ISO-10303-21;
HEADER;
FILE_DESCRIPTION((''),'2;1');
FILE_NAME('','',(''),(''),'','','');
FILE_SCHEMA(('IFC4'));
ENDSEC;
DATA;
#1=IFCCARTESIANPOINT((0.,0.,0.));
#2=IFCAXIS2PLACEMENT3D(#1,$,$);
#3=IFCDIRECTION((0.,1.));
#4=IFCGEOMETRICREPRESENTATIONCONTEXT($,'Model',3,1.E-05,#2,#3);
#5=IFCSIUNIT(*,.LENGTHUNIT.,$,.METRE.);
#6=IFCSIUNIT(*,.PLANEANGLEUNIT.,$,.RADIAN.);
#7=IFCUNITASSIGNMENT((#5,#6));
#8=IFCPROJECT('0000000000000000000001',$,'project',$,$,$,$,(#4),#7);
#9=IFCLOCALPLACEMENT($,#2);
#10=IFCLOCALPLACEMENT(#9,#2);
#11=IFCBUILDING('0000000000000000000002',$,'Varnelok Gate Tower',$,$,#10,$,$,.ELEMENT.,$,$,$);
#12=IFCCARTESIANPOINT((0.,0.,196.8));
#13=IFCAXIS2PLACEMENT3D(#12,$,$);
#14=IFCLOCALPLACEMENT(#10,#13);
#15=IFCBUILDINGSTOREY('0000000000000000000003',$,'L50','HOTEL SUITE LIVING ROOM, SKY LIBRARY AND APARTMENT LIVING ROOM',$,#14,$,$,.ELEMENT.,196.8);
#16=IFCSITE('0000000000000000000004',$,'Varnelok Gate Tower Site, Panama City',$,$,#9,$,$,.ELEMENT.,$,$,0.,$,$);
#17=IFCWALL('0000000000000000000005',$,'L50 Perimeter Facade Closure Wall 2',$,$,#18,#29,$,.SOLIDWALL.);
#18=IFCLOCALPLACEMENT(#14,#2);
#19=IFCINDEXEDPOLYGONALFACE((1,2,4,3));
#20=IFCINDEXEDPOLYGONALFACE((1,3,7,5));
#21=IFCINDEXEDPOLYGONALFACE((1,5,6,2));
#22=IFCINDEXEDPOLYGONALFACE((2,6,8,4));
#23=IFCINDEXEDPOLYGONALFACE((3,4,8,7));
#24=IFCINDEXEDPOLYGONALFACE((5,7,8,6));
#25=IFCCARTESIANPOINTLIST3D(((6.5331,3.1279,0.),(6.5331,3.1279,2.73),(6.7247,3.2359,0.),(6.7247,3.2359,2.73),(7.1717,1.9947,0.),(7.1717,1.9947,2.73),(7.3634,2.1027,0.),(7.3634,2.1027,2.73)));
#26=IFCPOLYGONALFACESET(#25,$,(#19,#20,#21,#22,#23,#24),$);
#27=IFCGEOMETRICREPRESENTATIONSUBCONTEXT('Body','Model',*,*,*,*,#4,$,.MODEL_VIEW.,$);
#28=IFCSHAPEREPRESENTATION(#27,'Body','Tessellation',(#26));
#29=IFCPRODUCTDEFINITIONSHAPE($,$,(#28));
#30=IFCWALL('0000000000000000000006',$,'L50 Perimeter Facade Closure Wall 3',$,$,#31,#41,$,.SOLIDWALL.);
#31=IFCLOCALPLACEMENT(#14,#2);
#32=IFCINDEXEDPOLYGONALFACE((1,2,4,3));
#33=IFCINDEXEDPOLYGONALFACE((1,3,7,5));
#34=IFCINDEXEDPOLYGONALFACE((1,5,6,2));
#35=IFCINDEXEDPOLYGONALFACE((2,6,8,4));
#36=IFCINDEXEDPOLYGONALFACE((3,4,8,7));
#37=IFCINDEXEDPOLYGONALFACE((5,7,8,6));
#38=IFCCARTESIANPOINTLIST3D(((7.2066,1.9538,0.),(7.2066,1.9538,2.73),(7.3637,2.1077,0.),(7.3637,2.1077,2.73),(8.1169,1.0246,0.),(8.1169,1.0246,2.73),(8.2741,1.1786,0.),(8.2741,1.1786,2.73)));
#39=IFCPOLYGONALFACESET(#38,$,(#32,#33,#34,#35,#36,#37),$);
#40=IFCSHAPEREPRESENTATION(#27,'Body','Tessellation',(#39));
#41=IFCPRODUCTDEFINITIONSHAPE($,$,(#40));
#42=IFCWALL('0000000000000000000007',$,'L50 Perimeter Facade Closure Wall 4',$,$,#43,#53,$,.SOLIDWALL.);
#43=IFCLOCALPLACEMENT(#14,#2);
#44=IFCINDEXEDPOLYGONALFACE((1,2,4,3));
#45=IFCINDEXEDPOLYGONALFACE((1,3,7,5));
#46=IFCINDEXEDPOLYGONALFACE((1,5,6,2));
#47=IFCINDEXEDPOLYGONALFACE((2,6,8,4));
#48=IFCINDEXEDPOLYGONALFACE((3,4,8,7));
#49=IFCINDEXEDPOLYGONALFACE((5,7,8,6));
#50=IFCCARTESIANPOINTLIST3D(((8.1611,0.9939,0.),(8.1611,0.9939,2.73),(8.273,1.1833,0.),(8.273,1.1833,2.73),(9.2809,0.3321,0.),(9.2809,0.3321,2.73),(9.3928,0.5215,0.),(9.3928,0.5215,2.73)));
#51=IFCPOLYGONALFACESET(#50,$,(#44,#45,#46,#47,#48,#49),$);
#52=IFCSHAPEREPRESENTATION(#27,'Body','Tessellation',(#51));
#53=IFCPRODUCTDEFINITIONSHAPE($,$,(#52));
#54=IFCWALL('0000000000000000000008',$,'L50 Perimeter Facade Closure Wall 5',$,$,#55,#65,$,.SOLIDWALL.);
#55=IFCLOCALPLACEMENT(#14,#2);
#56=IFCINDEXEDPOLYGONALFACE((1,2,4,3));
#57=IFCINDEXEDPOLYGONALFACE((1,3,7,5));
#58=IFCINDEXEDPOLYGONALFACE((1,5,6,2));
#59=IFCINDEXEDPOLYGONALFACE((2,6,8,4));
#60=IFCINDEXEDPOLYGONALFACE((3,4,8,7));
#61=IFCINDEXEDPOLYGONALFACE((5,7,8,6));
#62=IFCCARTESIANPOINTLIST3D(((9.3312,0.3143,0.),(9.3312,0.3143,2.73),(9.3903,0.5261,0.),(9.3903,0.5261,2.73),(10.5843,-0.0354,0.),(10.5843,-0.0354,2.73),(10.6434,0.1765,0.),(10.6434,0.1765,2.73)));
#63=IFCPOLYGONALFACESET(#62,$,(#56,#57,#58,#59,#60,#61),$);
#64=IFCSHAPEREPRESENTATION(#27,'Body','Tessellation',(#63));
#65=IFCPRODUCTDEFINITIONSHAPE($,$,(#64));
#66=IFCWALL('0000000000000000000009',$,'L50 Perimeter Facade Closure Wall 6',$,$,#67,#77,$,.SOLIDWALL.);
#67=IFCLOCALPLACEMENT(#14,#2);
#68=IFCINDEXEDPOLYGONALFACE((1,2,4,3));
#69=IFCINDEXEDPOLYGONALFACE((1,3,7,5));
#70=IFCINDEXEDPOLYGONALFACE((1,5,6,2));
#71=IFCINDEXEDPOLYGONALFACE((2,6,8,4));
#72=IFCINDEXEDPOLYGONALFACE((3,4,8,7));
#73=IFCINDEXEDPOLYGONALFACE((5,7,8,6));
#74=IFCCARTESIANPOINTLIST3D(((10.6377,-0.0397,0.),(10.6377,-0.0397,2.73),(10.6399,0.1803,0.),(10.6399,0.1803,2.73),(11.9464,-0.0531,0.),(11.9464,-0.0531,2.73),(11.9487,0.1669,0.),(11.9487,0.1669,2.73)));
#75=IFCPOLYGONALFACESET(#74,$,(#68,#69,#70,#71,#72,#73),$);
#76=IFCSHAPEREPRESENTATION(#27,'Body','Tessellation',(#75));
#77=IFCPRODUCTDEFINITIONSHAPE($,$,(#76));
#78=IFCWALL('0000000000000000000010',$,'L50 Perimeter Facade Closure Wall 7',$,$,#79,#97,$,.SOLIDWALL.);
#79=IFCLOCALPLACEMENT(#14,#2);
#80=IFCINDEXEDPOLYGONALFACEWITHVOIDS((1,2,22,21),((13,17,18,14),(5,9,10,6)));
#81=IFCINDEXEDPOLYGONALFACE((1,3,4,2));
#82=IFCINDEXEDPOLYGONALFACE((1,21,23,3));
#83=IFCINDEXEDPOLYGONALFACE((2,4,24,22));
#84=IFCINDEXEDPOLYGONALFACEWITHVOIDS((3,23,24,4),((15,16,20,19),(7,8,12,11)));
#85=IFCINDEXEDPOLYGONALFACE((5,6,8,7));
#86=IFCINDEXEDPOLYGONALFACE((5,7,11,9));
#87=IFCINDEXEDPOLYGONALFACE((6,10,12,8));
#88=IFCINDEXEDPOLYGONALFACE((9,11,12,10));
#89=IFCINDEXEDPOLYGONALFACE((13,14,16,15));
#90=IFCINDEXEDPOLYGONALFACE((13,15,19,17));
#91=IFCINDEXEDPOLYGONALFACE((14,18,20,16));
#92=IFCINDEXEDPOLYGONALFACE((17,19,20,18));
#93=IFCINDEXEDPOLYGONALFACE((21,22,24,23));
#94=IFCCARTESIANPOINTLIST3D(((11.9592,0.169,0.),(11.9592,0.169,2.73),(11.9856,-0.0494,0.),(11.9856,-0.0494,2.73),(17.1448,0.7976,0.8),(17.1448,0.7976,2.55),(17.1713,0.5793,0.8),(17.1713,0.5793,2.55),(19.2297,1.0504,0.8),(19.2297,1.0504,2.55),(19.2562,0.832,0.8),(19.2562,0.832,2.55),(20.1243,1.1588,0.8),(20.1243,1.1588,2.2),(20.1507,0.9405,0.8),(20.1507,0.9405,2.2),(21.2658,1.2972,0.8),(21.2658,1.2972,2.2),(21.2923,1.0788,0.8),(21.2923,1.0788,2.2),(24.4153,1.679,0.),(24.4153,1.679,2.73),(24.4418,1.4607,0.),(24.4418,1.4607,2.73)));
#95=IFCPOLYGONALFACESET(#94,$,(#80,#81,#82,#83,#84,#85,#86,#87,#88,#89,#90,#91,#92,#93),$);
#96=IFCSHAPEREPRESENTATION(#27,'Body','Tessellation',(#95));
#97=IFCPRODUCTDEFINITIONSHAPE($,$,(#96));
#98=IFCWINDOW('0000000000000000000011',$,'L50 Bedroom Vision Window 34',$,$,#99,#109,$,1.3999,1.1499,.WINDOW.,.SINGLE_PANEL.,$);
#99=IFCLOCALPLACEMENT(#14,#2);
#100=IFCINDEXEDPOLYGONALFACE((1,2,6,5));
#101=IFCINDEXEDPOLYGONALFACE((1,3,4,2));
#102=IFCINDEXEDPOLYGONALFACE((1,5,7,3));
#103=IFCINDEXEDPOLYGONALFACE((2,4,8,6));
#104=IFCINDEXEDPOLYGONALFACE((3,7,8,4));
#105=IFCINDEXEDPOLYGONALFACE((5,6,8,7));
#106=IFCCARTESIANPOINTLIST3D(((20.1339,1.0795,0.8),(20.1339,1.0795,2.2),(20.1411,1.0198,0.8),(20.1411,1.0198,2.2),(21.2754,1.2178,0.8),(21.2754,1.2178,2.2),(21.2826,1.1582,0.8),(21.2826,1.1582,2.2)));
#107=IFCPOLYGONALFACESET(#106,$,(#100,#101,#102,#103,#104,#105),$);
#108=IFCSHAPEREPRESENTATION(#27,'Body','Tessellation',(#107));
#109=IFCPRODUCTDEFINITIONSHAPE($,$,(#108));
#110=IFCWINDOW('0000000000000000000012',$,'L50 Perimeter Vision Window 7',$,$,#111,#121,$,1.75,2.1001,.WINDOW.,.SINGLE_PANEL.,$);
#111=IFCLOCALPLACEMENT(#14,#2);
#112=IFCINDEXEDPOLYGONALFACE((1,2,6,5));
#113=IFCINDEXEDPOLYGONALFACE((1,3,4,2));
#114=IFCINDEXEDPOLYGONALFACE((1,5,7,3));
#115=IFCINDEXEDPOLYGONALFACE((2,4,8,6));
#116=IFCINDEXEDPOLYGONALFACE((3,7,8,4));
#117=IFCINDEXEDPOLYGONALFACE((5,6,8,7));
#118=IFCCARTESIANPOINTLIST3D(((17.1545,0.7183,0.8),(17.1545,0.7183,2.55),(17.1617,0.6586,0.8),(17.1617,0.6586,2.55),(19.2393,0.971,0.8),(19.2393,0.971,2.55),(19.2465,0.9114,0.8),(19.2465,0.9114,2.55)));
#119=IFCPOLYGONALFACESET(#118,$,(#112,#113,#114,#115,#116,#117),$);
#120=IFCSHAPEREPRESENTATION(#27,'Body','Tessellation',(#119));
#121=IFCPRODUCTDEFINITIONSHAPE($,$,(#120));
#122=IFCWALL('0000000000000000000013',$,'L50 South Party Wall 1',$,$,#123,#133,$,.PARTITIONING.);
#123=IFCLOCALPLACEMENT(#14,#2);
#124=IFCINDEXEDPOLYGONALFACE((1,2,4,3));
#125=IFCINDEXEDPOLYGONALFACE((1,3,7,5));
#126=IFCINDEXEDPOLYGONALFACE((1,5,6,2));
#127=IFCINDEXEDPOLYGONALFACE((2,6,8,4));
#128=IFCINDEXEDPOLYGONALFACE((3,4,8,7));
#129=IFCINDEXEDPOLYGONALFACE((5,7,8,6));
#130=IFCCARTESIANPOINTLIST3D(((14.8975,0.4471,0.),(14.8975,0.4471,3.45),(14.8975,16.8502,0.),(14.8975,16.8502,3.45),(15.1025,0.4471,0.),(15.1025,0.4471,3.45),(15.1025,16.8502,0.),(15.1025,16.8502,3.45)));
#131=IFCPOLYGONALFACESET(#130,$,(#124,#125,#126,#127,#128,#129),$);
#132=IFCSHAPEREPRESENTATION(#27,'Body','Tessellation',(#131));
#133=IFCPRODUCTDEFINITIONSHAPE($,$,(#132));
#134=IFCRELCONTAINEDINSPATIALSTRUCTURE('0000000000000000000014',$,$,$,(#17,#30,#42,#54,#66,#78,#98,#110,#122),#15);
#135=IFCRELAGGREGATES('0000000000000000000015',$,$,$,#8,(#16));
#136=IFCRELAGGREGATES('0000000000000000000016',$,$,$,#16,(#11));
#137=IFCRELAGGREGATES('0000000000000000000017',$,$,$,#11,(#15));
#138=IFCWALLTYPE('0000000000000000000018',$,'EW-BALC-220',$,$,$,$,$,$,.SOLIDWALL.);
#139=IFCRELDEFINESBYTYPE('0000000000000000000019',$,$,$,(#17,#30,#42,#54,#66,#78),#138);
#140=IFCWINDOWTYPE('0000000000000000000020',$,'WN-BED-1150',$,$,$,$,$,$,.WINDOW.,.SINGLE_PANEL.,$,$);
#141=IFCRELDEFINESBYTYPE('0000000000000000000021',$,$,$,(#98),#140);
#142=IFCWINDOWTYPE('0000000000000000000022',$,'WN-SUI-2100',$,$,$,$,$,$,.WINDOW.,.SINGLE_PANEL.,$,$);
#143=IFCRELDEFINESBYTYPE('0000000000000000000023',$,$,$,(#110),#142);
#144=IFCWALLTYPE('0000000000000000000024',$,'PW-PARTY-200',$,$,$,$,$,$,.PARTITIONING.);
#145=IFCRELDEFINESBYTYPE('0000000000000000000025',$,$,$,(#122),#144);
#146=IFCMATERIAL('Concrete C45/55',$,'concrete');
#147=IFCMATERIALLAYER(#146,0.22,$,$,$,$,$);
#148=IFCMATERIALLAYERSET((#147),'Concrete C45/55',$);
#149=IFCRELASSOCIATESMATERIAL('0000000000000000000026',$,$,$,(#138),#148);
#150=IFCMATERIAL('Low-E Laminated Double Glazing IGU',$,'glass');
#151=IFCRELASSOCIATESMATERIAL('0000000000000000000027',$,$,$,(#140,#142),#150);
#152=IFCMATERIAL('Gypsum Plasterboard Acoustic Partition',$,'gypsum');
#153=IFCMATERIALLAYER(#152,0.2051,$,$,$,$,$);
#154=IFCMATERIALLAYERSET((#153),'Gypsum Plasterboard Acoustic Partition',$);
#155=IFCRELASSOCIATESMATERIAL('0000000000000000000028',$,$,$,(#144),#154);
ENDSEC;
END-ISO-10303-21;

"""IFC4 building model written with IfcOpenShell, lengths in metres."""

from ifc_helpers import new_model, si_unit, direction, frame, frame_2d, origin, place, context, subcontext, project, spatial, rectangle, extrude, material, layer, layer_set, type_object, element, fill, save


model = new_model("IFC4")

# Units and contexts
model_context = context("Model", 3, precision=1e-05, world=origin(), true_north=direction((0.0, 1.0)))
body_context = subcontext(model_context, "Body", "Model", "MODEL_VIEW")
ifc_project = project(units=[si_unit("LENGTHUNIT", "METRE"), si_unit("PLANEANGLEUNIT", "RADIAN")], contexts=[model_context])

# Site, building, storey
site_placement = place(None, origin())
site = spatial("IfcSite", under=ifc_project, at=site_placement, Name="Varnelok Gate Tower Site, Panama City", CompositionType="ELEMENT", RefElevation=0.0)
building_placement = place(site_placement, origin())
building = spatial("IfcBuilding", under=site, at=building_placement, Name="Varnelok Gate Tower", CompositionType="ELEMENT")
storey_placement = place(building_placement, frame((0.0, 0.0, 196.8)))
storey = spatial("IfcBuildingStorey", under=building, at=storey_placement, Name="L50", Description="HOTEL SUITE LIVING ROOM, SKY LIBRARY AND APARTMENT LIVING ROOM", CompositionType="ELEMENT", Elevation=196.8)

# Shared definitions
ifc_material_1 = material(Name="Concrete C45/55", Category="concrete")

# Shared definitions
ifc_material_2 = material(Name="Low-E Laminated Double Glazing IGU", Category="glass")

# Walls
ifc_layer_1 = layer(ifc_material_1, 0.22)
ifc_layer_set_1 = layer_set([ifc_layer_1], Name="Concrete C45/55")
wall_type_1 = type_object("IfcWallType", Name="EW-BALC-220", PredefinedType="SOLIDWALL", material=ifc_layer_set_1)
for number, where, z_axis, x_axis, name in (
    (1, (6.6289, 3.1819, 0.0), (0.0, 0.0, 1.0), (0.490956, -0.871184, 0.0), "L50 Perimeter Facade Closure Wall 2"),
    (2, (7.2852, 2.0308, 0.0), (0.0, 0.0, 1.0), (0.699844, -0.714295, 0.0), "L50 Perimeter Facade Closure Wall 3"),
    (3, (8.217, 1.0886, 0.0), (0.0, 0.0, 1.0), (0.860885, -0.508799, 0.0), "L50 Perimeter Facade Closure Wall 4"),
):
    element("IfcWall", number, at=place(storey_placement, frame(where, z_axis=z_axis, x_axis=x_axis)), inside=storey, type_object=wall_type_1, Name=name, PredefinedType="SOLIDWALL", context=body_context, shape_type="SweptSolid", body=[
        extrude(rectangle(XDim=1.3008, YDim=0.22, at=frame_2d((0.6504, 0.0))), origin(), (0.0, 0.0, 1.0), 2.73),
    ])
wall_1_placement = place(storey_placement, frame((9.3608, 0.4202, 0.0), z_axis=(0.0, 0.0, 1.0), x_axis=(0.963219, -0.268718, 0.0)))
element("IfcWall", 4, at=wall_1_placement, inside=storey, type_object=wall_type_1, Name="L50 Perimeter Facade Closure Wall 5", PredefinedType="SOLIDWALL", context=body_context, shape_type="SweptSolid", body=[
    extrude(rectangle(XDim=1.301, YDim=0.22, at=frame_2d((0.6504, 0.0))), origin(), (0.0, 0.0, 1.0), 2.73),
])
wall_2_placement = place(storey_placement, frame((10.6389, 0.0703, 0.0), z_axis=(0.0, 0.0, 1.0), x_axis=(0.999947, -0.010259, 0.0)))
element("IfcWall", 5, at=wall_2_placement, inside=storey, type_object=wall_type_1, Name="L50 Perimeter Facade Closure Wall 6", PredefinedType="SOLIDWALL", context=body_context, shape_type="SweptSolid", body=[
    extrude(rectangle(XDim=1.3088, YDim=0.22, at=frame_2d((0.6543, 0.0))), origin(), (0.0, 0.0, 1.0), 2.73),
])

# Wall, openings, windows
wall_3_placement = place(storey_placement, frame((11.9724, 0.0598, 0.0), z_axis=(0.0, 0.0, 1.0), x_axis=(0.992732, 0.120346, 0.0)))
wall_3 = element("IfcWall", 6, at=wall_3_placement, inside=storey, type_object=wall_type_1, Name="L50 Perimeter Facade Closure Wall 7", PredefinedType="SOLIDWALL", context=body_context, shape_type="SweptSolid", body=[
    extrude(rectangle(XDim=12.5474, YDim=0.22, at=frame_2d((6.2737, 0.0))), origin(), (0.0, 0.0, 1.0), 2.73),
])
opening_1_placement = place(wall_3_placement, frame((5.2236, 0.0, 0.8)))
opening_1 = element("IfcOpeningElement", 7, at=opening_1_placement, cuts=wall_3, PredefinedType="OPENING", context=body_context, shape_type="SweptSolid", body=[
    extrude(rectangle(XDim=2.1001, YDim=1.75, at=frame_2d((1.05, 0.875))), frame((0.0, 0.1199, 0.0), z_axis=(0.0, -1.0, 0.0), x_axis=(1.0, 0.0, 0.0)), (0.0, 0.0, 1.0), 0.24),
])
opening_2_placement = place(wall_3_placement, frame((8.2249, 0.0, 0.8)))
opening_2 = element("IfcOpeningElement", 8, at=opening_2_placement, cuts=wall_3, PredefinedType="OPENING", context=body_context, shape_type="SweptSolid", body=[
    extrude(rectangle(XDim=1.1499, YDim=1.3999, at=frame_2d((0.575, 0.7))), frame((0.0, 0.1199, 0.0), z_axis=(0.0, -1.0, 0.0), x_axis=(1.0, 0.0, 0.0)), (0.0, 0.0, 1.0), 0.24),
])
window_type_1 = type_object("IfcWindowType", Name="WN-BED-1150", PartitioningType="SINGLE_PANEL", PredefinedType="WINDOW", material=ifc_material_2)
window_1_placement = place(opening_2_placement, origin())
window_1 = element("IfcWindow", 9, at=window_1_placement, inside=storey, type_object=window_type_1, Name="L50 Bedroom Vision Window 34", OverallHeight=1.3999, OverallWidth=1.1499, PartitioningType="SINGLE_PANEL", PredefinedType="WINDOW", context=body_context, shape_type="SweptSolid", body=[
    extrude(rectangle(XDim=1.1499, YDim=1.3999, at=frame_2d((0.575, 0.7))), frame((0.0, 0.03, 0.0), z_axis=(0.0, -1.0, 0.0), x_axis=(1.0, 0.0, 0.0)), (0.0, 0.0, 1.0), 0.0601),
])
fill(opening_2, window_1)
window_type_2 = type_object("IfcWindowType", Name="WN-SUI-2100", PartitioningType="SINGLE_PANEL", PredefinedType="WINDOW", material=ifc_material_2)
window_2_placement = place(opening_1_placement, origin())
window_2 = element("IfcWindow", 10, at=window_2_placement, inside=storey, type_object=window_type_2, Name="L50 Perimeter Vision Window 7", OverallHeight=1.75, OverallWidth=2.1001, PartitioningType="SINGLE_PANEL", PredefinedType="WINDOW", context=body_context, shape_type="SweptSolid", body=[
    extrude(rectangle(XDim=2.1001, YDim=1.75, at=frame_2d((1.05, 0.875))), frame((0.0, 0.03, 0.0), z_axis=(0.0, -1.0, 0.0), x_axis=(1.0, 0.0, 0.0)), (0.0, 0.0, 1.0), 0.0601),
])
fill(opening_1, window_2)

# Wall
ifc_material_3 = material(Name="Gypsum Plasterboard Acoustic Partition", Category="gypsum")
ifc_layer_2 = layer(ifc_material_3, 0.2051)
ifc_layer_set_2 = layer_set([ifc_layer_2], Name="Gypsum Plasterboard Acoustic Partition")
wall_type_2 = type_object("IfcWallType", Name="PW-PARTY-200", PredefinedType="PARTITIONING", material=ifc_layer_set_2)
wall_4_placement = place(storey_placement, frame((15.0, 0.447, 0.0), z_axis=(0.0, 0.0, 1.0), x_axis=(0.0, 1.0, 0.0)))
element("IfcWall", 11, at=wall_4_placement, inside=storey, type_object=wall_type_2, Name="L50 South Party Wall 1", PredefinedType="PARTITIONING", context=body_context, shape_type="SweptSolid", body=[
    extrude(rectangle(XDim=16.4031, YDim=0.2051, at=frame_2d((8.2017, 0.0))), origin(), (0.0, 0.0, 1.0), 3.45),
])

save(model, "model.ifc")
